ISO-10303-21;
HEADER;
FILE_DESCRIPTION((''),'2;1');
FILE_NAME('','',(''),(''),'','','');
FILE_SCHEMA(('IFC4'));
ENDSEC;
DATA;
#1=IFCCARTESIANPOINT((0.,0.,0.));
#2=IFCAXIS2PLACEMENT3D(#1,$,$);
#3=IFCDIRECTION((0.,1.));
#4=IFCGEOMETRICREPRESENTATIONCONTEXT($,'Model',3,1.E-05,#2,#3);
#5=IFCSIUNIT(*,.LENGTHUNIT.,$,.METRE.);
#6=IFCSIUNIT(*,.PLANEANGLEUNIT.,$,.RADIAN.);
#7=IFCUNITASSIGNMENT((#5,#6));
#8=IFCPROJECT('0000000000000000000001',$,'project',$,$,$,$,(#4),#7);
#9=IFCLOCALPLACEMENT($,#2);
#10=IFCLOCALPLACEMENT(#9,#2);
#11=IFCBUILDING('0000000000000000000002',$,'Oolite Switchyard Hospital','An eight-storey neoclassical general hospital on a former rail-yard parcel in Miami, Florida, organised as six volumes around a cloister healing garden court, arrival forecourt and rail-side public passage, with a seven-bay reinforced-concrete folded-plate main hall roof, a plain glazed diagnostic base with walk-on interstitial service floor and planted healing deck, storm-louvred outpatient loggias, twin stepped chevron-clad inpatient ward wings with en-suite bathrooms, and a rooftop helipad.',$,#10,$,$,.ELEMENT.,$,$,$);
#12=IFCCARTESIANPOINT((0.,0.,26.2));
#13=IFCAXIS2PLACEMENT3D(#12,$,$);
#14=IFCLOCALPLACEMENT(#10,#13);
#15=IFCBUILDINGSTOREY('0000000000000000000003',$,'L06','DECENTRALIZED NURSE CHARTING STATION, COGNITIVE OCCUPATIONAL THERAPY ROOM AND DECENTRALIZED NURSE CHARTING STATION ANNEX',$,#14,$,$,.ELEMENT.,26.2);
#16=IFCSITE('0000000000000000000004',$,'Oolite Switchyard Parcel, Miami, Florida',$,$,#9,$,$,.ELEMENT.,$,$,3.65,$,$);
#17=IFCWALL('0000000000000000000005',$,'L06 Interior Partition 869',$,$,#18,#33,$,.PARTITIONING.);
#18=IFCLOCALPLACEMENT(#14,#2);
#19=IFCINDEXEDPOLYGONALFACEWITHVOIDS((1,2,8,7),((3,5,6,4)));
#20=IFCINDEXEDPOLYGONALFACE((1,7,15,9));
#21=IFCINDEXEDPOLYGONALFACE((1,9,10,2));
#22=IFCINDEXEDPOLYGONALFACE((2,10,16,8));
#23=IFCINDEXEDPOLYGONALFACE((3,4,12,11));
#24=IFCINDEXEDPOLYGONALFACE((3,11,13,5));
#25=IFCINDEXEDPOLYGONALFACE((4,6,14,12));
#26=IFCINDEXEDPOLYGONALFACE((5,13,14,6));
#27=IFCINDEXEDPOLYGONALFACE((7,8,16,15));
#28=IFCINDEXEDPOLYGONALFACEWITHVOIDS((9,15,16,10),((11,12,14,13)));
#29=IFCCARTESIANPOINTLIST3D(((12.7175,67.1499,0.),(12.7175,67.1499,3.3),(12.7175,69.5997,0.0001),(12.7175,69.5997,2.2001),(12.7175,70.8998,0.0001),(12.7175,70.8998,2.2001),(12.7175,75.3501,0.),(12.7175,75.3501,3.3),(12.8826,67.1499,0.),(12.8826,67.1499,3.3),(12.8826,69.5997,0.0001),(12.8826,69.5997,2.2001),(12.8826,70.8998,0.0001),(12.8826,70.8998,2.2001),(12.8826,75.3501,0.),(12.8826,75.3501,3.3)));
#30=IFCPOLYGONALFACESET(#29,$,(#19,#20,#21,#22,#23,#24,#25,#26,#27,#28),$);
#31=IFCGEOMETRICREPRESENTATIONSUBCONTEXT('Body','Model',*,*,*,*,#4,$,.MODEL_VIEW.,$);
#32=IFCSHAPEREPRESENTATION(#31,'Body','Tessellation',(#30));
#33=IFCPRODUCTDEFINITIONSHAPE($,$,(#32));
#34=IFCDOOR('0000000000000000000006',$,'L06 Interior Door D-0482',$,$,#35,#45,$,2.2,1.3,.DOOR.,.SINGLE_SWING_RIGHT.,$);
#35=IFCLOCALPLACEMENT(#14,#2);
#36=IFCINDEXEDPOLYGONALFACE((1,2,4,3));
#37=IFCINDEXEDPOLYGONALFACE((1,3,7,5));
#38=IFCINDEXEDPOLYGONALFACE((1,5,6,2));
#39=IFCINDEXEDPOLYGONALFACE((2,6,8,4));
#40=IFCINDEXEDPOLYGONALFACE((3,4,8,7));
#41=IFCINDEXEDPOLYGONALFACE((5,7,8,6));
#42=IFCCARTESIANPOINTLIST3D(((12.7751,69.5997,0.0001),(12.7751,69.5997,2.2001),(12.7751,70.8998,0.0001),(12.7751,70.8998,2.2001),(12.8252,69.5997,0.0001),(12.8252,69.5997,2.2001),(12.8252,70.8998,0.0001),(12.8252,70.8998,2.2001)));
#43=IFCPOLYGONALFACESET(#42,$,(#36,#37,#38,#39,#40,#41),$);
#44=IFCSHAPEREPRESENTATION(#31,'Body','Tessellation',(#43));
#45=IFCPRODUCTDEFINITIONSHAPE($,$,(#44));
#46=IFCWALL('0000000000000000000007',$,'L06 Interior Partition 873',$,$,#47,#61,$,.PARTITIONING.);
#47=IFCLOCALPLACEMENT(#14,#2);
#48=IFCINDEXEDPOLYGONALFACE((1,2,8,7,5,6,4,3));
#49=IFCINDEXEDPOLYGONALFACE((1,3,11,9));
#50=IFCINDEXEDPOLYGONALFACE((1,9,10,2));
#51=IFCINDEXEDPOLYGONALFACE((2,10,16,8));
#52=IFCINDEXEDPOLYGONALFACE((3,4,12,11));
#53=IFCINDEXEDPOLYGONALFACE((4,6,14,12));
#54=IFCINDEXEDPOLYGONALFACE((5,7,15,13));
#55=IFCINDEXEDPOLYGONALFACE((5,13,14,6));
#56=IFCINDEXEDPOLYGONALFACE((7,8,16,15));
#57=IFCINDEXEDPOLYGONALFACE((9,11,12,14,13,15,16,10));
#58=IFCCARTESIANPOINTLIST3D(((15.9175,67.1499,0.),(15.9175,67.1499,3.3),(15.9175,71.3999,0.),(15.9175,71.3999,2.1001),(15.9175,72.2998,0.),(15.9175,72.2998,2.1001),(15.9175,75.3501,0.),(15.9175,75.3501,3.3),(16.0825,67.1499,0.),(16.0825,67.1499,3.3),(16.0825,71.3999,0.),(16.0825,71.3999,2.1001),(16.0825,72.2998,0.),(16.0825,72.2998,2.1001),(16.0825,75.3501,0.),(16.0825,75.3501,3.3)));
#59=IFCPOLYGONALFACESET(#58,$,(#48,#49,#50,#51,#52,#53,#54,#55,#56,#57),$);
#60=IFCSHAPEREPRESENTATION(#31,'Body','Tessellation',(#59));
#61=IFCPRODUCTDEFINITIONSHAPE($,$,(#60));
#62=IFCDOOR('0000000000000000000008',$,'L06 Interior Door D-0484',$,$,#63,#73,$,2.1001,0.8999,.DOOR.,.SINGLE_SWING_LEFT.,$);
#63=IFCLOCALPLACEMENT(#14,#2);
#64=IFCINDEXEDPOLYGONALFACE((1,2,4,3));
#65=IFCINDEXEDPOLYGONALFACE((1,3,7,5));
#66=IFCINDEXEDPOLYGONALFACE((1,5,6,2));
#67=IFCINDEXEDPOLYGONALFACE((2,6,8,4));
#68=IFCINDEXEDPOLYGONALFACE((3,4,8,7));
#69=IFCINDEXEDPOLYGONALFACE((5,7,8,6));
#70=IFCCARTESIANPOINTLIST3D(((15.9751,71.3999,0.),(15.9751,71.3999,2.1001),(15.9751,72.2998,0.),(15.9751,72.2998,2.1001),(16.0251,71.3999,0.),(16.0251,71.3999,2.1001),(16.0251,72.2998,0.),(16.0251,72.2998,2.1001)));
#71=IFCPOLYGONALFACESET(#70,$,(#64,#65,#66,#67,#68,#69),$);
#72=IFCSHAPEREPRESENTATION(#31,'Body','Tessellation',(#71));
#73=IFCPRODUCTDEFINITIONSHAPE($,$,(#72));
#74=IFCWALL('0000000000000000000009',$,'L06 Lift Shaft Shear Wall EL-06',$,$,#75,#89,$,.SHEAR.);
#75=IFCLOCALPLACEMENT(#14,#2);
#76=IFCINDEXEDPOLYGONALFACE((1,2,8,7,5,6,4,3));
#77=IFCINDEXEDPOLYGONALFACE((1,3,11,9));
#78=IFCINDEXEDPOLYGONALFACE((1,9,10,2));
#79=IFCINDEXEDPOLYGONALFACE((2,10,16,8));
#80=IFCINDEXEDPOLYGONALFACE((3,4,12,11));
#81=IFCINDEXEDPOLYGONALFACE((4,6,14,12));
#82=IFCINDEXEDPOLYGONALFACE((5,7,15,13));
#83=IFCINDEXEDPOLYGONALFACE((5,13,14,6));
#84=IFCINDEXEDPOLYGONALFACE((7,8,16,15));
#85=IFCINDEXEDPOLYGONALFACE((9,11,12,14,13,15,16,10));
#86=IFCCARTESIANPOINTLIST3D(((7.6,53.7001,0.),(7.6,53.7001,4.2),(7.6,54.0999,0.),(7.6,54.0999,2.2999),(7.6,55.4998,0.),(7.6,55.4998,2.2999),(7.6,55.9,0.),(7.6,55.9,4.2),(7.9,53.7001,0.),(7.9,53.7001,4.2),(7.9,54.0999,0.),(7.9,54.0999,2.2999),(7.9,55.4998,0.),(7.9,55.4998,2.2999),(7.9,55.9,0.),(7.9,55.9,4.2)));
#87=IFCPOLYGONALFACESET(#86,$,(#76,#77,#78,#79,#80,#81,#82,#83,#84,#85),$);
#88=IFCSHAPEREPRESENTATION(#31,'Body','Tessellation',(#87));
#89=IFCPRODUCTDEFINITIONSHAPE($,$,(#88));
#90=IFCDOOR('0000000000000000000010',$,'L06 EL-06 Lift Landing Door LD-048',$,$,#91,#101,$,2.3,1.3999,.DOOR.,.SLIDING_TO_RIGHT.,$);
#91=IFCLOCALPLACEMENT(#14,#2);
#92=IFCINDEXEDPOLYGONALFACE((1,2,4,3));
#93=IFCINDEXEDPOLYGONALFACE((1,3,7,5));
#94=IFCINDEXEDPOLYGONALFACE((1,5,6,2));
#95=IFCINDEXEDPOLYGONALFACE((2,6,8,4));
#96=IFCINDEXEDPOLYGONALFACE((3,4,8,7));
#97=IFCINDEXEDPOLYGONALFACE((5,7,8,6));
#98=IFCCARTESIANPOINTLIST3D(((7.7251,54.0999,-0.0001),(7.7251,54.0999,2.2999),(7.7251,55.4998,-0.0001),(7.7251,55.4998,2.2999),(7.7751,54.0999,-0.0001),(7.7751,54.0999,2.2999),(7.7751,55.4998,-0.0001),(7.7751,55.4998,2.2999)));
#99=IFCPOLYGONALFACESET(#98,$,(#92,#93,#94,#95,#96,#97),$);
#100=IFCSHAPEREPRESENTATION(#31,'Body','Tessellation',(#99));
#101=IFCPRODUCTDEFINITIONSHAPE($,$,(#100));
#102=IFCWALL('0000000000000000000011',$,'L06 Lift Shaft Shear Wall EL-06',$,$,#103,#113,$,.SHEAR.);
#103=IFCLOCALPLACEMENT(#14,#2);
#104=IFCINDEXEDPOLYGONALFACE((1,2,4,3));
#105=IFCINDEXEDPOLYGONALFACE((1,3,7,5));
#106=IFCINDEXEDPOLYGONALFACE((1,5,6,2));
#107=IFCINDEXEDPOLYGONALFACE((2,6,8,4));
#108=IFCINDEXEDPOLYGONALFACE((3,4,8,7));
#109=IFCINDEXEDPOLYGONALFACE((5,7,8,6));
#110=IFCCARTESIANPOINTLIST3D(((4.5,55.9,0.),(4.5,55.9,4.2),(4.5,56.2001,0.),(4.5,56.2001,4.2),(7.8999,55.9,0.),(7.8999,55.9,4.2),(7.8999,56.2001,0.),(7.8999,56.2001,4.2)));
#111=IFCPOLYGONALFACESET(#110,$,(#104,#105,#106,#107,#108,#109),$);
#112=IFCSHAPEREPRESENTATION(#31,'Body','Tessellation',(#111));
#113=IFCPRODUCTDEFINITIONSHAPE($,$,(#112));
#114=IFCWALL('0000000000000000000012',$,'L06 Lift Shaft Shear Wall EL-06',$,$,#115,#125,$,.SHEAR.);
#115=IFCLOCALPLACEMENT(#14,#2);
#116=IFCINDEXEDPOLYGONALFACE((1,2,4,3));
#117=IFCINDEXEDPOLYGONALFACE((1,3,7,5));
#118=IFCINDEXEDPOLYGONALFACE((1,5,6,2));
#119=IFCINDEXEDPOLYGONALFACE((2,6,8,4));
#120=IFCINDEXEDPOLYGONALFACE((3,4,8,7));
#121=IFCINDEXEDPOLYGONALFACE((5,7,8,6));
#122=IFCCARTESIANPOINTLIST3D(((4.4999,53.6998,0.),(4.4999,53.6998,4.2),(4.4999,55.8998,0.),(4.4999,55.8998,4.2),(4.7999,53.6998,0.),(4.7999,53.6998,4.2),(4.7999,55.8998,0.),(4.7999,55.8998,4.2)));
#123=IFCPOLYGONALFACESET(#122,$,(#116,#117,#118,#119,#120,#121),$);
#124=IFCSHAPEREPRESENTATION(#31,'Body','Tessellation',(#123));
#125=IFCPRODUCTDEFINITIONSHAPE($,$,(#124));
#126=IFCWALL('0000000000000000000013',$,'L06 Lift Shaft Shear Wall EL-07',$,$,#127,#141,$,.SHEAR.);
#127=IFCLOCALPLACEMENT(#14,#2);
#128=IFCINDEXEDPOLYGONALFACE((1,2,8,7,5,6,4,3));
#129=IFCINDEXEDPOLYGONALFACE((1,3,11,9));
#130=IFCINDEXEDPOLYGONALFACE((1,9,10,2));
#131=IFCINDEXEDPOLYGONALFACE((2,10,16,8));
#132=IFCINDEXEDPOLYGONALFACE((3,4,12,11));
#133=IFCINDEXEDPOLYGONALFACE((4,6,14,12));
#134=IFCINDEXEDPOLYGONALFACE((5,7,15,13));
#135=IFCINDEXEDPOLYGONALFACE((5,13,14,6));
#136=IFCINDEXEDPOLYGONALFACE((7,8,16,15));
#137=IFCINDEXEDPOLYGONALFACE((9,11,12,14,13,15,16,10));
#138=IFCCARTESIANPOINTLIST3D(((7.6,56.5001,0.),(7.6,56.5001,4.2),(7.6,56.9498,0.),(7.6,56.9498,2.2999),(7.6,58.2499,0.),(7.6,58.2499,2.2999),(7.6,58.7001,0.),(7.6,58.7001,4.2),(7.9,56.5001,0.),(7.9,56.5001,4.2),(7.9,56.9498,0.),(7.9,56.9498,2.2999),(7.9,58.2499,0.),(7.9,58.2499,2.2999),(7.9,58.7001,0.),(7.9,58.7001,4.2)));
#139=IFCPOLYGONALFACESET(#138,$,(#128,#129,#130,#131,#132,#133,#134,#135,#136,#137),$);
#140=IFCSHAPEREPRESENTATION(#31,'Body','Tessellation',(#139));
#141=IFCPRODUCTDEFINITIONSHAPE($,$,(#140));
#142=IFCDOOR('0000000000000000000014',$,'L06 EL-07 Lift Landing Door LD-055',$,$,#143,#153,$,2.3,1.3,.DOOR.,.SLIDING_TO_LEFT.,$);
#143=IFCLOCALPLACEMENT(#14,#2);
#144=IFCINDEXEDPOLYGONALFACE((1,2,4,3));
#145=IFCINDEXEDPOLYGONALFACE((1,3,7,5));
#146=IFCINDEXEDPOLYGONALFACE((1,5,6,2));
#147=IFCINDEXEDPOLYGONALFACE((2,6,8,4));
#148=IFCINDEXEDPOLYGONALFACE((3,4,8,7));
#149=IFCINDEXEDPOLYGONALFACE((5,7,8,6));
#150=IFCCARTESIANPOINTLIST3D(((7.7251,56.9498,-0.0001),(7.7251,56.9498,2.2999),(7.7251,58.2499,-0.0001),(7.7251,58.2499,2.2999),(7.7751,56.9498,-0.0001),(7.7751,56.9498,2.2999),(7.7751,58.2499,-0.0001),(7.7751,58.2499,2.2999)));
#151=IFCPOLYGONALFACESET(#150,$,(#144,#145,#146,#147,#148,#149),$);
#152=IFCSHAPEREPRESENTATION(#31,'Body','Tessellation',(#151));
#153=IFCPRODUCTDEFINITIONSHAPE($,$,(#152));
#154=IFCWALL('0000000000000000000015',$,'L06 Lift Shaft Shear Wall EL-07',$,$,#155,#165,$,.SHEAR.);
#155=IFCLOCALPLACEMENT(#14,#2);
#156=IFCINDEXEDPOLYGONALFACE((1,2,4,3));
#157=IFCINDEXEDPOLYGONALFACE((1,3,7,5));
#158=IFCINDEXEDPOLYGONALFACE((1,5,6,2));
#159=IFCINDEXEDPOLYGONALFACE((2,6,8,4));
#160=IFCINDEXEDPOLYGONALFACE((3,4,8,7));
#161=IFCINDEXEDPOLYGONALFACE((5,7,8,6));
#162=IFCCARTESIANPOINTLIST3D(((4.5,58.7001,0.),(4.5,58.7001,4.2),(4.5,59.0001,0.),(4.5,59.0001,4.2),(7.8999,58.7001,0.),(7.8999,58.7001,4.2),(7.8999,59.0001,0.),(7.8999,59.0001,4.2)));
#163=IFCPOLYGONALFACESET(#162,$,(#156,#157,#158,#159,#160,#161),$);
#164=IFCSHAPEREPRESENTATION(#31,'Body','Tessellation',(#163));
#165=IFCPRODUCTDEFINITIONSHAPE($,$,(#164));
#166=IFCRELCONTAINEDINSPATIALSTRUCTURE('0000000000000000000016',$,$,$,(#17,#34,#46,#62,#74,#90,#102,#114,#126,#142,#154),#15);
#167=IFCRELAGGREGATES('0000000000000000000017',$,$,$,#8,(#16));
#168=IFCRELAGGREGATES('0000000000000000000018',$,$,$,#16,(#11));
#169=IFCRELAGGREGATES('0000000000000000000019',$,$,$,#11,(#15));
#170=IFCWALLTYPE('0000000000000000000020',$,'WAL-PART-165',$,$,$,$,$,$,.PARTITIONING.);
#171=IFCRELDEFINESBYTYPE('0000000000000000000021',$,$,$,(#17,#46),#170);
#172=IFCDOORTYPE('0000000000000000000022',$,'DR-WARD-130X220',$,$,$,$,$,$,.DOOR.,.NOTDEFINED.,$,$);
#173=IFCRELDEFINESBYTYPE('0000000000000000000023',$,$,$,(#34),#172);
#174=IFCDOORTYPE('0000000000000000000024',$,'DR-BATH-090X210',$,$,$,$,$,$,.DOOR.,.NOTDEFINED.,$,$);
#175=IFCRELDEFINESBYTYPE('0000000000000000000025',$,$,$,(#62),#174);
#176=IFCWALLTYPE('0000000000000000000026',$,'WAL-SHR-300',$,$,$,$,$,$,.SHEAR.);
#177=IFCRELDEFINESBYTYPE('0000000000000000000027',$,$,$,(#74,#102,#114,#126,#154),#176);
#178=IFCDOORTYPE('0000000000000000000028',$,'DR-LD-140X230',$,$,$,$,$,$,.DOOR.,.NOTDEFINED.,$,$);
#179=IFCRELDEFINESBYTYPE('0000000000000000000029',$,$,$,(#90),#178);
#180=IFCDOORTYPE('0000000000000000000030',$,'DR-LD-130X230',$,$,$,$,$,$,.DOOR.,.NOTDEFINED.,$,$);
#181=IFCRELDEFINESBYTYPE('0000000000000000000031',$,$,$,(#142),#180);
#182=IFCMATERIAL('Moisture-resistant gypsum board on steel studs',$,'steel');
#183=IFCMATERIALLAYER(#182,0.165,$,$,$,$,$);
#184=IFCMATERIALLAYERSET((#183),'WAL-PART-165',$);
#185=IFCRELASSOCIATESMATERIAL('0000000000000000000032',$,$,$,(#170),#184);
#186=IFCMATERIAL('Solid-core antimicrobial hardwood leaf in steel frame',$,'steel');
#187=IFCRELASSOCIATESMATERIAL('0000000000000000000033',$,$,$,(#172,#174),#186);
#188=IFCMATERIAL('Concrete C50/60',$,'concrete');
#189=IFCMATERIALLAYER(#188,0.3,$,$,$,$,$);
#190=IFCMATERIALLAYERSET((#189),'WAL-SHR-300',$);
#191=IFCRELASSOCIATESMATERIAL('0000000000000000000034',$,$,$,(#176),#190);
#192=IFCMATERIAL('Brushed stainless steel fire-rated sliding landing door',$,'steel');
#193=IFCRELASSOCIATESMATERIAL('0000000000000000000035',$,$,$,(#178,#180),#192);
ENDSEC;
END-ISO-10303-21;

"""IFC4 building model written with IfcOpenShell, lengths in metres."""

from ifc_helpers import new_model, si_unit, direction, frame, frame_2d, origin, place, context, subcontext, project, spatial, rectangle, extrude, material, layer, layer_set, type_object, element, fill, save


model = new_model("IFC4")

# Units and contexts
model_context = context("Model", 3, precision=1e-05, world=origin(), true_north=direction((0.0, 1.0)))
body_context = subcontext(model_context, "Body", "Model", "MODEL_VIEW")
ifc_project = project(units=[si_unit("LENGTHUNIT", "METRE"), si_unit("PLANEANGLEUNIT", "RADIAN")], contexts=[model_context])

# Site, building, storey
site_placement = place(None, origin())
site = spatial("IfcSite", under=ifc_project, at=site_placement, Name="Oolite Switchyard Parcel, Miami, Florida", CompositionType="ELEMENT", RefElevation=3.65)
building_placement = place(site_placement, origin())
building = spatial("IfcBuilding", under=site, at=building_placement, Name="Oolite Switchyard Hospital", Description="An eight-storey neoclassical general hospital on a former rail-yard parcel in Miami, Florida, organised as six volumes around a cloister healing garden court, arrival forecourt and rail-side public passage, with a seven-bay reinforced-concrete folded-plate main hall roof, a plain glazed diagnostic base with walk-on interstitial service floor and planted healing deck, storm-louvred outpatient loggias, twin stepped chevron-clad inpatient ward wings with en-suite bathrooms, and a rooftop helipad.", CompositionType="ELEMENT")
storey_placement = place(building_placement, frame((0.0, 0.0, 26.2)))
storey = spatial("IfcBuildingStorey", under=building, at=storey_placement, Name="L06", Description="DECENTRALIZED NURSE CHARTING STATION, COGNITIVE OCCUPATIONAL THERAPY ROOM AND DECENTRALIZED NURSE CHARTING STATION ANNEX", CompositionType="ELEMENT", Elevation=26.2)

# Shared definitions
ifc_material_1 = material(Name="Concrete C50/60", Category="concrete")

# Shared definitions
ifc_material_2 = material(Name="Moisture-resistant gypsum board on steel studs", Category="steel")

# Walls, openings, doors
ifc_layer_1 = layer(ifc_material_2, 0.165)
ifc_layer_set_1 = layer_set([ifc_layer_1], Name="WAL-PART-165")
wall_type_1 = type_object("IfcWallType", Name="WAL-PART-165", PredefinedType="PARTITIONING", material=ifc_layer_set_1)
wall_1_placement = place(storey_placement, frame((12.8, 67.1499, 0.0), z_axis=(0.0, 0.0, 1.0), x_axis=(0.0, 1.0, 0.0)))
wall_1 = element("IfcWall", 1, at=wall_1_placement, inside=storey, type_object=wall_type_1, Name="L06 Interior Partition 869", PredefinedType="PARTITIONING", context=body_context, shape_type="SweptSolid", body=[
    extrude(rectangle(XDim=8.2002, YDim=0.165, at=frame_2d((4.1001, 0.0))), origin(), (0.0, 0.0, 1.0), 3.3),
])
opening_1_placement = place(wall_1_placement, frame((2.45, 0.0, 0.0)))
opening_1 = element("IfcOpeningElement", 2, at=opening_1_placement, cuts=wall_1, PredefinedType="OPENING", context=body_context, shape_type="SweptSolid", body=[
    extrude(rectangle(XDim=1.3, YDim=2.2, at=frame_2d((0.6499, 1.1001))), frame((0.0, 0.0925, 0.0), z_axis=(0.0, -1.0, 0.0), x_axis=(1.0, 0.0, 0.0)), (0.0, 0.0, 1.0), 0.1851),
])
ifc_material_3 = material(Name="Solid-core antimicrobial hardwood leaf in steel frame", Category="steel")
door_type_1 = type_object("IfcDoorType", Name="DR-WARD-130X220", OperationType="NOTDEFINED", PredefinedType="DOOR", material=ifc_material_3)
door_1_placement = place(opening_1_placement, origin())
door_1 = element("IfcDoor", 3, at=door_1_placement, inside=storey, type_object=door_type_1, Name="L06 Interior Door D-0482", OperationType="SINGLE_SWING_RIGHT", OverallHeight=2.2, OverallWidth=1.3, PredefinedType="DOOR", context=body_context, shape_type="SweptSolid", body=[
    extrude(rectangle(XDim=1.3, YDim=2.2, at=frame_2d((0.6499, 1.1001))), frame((0.0, 0.0249, 0.0), z_axis=(0.0, -1.0, 0.0), x_axis=(1.0, 0.0, 0.0)), (0.0, 0.0, 1.0), 0.05),
])
fill(opening_1, door_1)
wall_2_placement = place(storey_placement, frame((16.0, 67.1499, 0.0), z_axis=(0.0, 0.0, 1.0), x_axis=(0.0, 1.0, 0.0)))
wall_2 = element("IfcWall", 4, at=wall_2_placement, inside=storey, type_object=wall_type_1, Name="L06 Interior Partition 873", PredefinedType="PARTITIONING", context=body_context, shape_type="SweptSolid", body=[
    extrude(rectangle(XDim=8.2002, YDim=0.165, at=frame_2d((4.1001, 0.0))), origin(), (0.0, 0.0, 1.0), 3.3),
])
opening_2_placement = place(wall_2_placement, frame((4.25, 0.0, 0.0)))
opening_2 = element("IfcOpeningElement", 5, at=opening_2_placement, cuts=wall_2, PredefinedType="OPENING", context=body_context, shape_type="SweptSolid", body=[
    extrude(rectangle(XDim=0.8999, YDim=2.1001, at=frame_2d((0.45, 1.05))), frame((0.0, 0.0925, 0.0), z_axis=(0.0, -1.0, 0.0), x_axis=(1.0, 0.0, 0.0)), (0.0, 0.0, 1.0), 0.1851),
])
door_type_2 = type_object("IfcDoorType", Name="DR-BATH-090X210", OperationType="NOTDEFINED", PredefinedType="DOOR", material=ifc_material_3)
door_2_placement = place(opening_2_placement, origin())
door_2 = element("IfcDoor", 6, at=door_2_placement, inside=storey, type_object=door_type_2, Name="L06 Interior Door D-0484", OperationType="SINGLE_SWING_LEFT", OverallHeight=2.1001, OverallWidth=0.8999, PredefinedType="DOOR", context=body_context, shape_type="SweptSolid", body=[
    extrude(rectangle(XDim=0.8999, YDim=2.1001, at=frame_2d((0.45, 1.05))), frame((0.0, 0.0249, 0.0), z_axis=(0.0, -1.0, 0.0), x_axis=(1.0, 0.0, 0.0)), (0.0, 0.0, 1.0), 0.05),
])
fill(opening_2, door_2)
ifc_layer_2 = layer(ifc_material_1, 0.3)
ifc_layer_set_2 = layer_set([ifc_layer_2], Name="WAL-SHR-300")
wall_type_2 = type_object("IfcWallType", Name="WAL-SHR-300", PredefinedType="SHEAR", material=ifc_layer_set_2)
wall_3_placement = place(storey_placement, frame((7.75, 53.7, 0.0), z_axis=(0.0, 0.0, 1.0), x_axis=(0.0, 1.0, 0.0)))
wall_3 = element("IfcWall", 7, at=wall_3_placement, inside=storey, type_object=wall_type_2, Name="L06 Lift Shaft Shear Wall EL-06", PredefinedType="SHEAR", context=body_context, shape_type="SweptSolid", body=[
    extrude(rectangle(XDim=2.2, YDim=0.3, at=frame_2d((1.1001, 0.0))), origin(), (0.0, 0.0, 1.0), 4.2),
])
opening_3_placement = place(wall_3_placement, frame((0.3999, 0.0, 0.0)))
opening_3 = element("IfcOpeningElement", 8, at=opening_3_placement, cuts=wall_3, PredefinedType="OPENING", context=body_context, shape_type="SweptSolid", body=[
    extrude(rectangle(XDim=1.3999, YDim=2.3, at=frame_2d((0.7, 1.1499))), frame((0.0, 0.1602, 0.0), z_axis=(0.0, -1.0, 0.0), x_axis=(1.0, 0.0, 0.0)), (0.0, 0.0, 1.0), 0.3201),
])
ifc_material_4 = material(Name="Brushed stainless steel fire-rated sliding landing door", Category="steel")
door_type_3 = type_object("IfcDoorType", Name="DR-LD-140X230", OperationType="NOTDEFINED", PredefinedType="DOOR", material=ifc_material_4)
door_3_placement = place(opening_3_placement, origin())
door_3 = element("IfcDoor", 9, at=door_3_placement, inside=storey, type_object=door_type_3, Name="L06 EL-06 Lift Landing Door LD-048", OperationType="SLIDING_TO_RIGHT", OverallHeight=2.3, OverallWidth=1.3999, PredefinedType="DOOR", context=body_context, shape_type="SweptSolid", body=[
    extrude(rectangle(XDim=1.3999, YDim=2.3, at=frame_2d((0.7, 1.1499))), frame((0.0, 0.0249, 0.0), z_axis=(0.0, -1.0, 0.0), x_axis=(1.0, 0.0, 0.0)), (0.0, 0.0, 1.0), 0.05),
])
fill(opening_3, door_3)

# Walls
wall_4_placement = place(storey_placement, frame((7.8999, 56.05, 0.0), z_axis=(0.0, 0.0, 1.0), x_axis=(-1.0, 0.0, 0.0)))
element("IfcWall", 10, at=wall_4_placement, inside=storey, type_object=wall_type_2, Name="L06 Lift Shaft Shear Wall EL-06", PredefinedType="SHEAR", context=body_context, shape_type="SweptSolid", body=[
    extrude(rectangle(XDim=3.3999, YDim=0.3, at=frame_2d((1.7, 0.0))), origin(), (0.0, 0.0, 1.0), 4.2),
])
wall_5_placement = place(storey_placement, frame((4.6499, 55.8999, 0.0), z_axis=(0.0, 0.0, 1.0), x_axis=(0.0, -1.0, 0.0)))
element("IfcWall", 11, at=wall_5_placement, inside=storey, type_object=wall_type_2, Name="L06 Lift Shaft Shear Wall EL-06", PredefinedType="SHEAR", context=body_context, shape_type="SweptSolid", body=[
    extrude(rectangle(XDim=2.2, YDim=0.3, at=frame_2d((1.1001, 0.0))), origin(), (0.0, 0.0, 1.0), 4.2),
])

# Wall, opening, door
wall_6_placement = place(storey_placement, frame((7.75, 56.5, 0.0), z_axis=(0.0, 0.0, 1.0), x_axis=(0.0, 1.0, 0.0)))
wall_6 = element("IfcWall", 12, at=wall_6_placement, inside=storey, type_object=wall_type_2, Name="L06 Lift Shaft Shear Wall EL-07", PredefinedType="SHEAR", context=body_context, shape_type="SweptSolid", body=[
    extrude(rectangle(XDim=2.2, YDim=0.3, at=frame_2d((1.1001, 0.0))), origin(), (0.0, 0.0, 1.0), 4.2),
])
opening_4_placement = place(wall_6_placement, frame((0.45, 0.0, 0.0)))
opening_4 = element("IfcOpeningElement", 13, at=opening_4_placement, cuts=wall_6, PredefinedType="OPENING", context=body_context, shape_type="SweptSolid", body=[
    extrude(rectangle(XDim=1.3, YDim=2.3, at=frame_2d((0.6499, 1.1499))), frame((0.0, 0.1602, 0.0), z_axis=(0.0, -1.0, 0.0), x_axis=(1.0, 0.0, 0.0)), (0.0, 0.0, 1.0), 0.3201),
])
door_type_4 = type_object("IfcDoorType", Name="DR-LD-130X230", OperationType="NOTDEFINED", PredefinedType="DOOR", material=ifc_material_4)
door_4_placement = place(opening_4_placement, origin())
door_4 = element("IfcDoor", 14, at=door_4_placement, inside=storey, type_object=door_type_4, Name="L06 EL-07 Lift Landing Door LD-055", OperationType="SLIDING_TO_LEFT", OverallHeight=2.3, OverallWidth=1.3, PredefinedType="DOOR", context=body_context, shape_type="SweptSolid", body=[
    extrude(rectangle(XDim=1.3, YDim=2.3, at=frame_2d((0.6499, 1.1499))), frame((0.0, 0.0249, 0.0), z_axis=(0.0, -1.0, 0.0), x_axis=(1.0, 0.0, 0.0)), (0.0, 0.0, 1.0), 0.05),
])
fill(opening_4, door_4)

# Wall
wall_7_placement = place(storey_placement, frame((7.8999, 58.8501, 0.0), z_axis=(0.0, 0.0, 1.0), x_axis=(-1.0, 0.0, 0.0)))
element("IfcWall", 15, at=wall_7_placement, inside=storey, type_object=wall_type_2, Name="L06 Lift Shaft Shear Wall EL-07", PredefinedType="SHEAR", context=body_context, shape_type="SweptSolid", body=[
    extrude(rectangle(XDim=3.3999, YDim=0.3, at=frame_2d((1.7, 0.0))), origin(), (0.0, 0.0, 1.0), 4.2),
])

save(model, "model.ifc")
